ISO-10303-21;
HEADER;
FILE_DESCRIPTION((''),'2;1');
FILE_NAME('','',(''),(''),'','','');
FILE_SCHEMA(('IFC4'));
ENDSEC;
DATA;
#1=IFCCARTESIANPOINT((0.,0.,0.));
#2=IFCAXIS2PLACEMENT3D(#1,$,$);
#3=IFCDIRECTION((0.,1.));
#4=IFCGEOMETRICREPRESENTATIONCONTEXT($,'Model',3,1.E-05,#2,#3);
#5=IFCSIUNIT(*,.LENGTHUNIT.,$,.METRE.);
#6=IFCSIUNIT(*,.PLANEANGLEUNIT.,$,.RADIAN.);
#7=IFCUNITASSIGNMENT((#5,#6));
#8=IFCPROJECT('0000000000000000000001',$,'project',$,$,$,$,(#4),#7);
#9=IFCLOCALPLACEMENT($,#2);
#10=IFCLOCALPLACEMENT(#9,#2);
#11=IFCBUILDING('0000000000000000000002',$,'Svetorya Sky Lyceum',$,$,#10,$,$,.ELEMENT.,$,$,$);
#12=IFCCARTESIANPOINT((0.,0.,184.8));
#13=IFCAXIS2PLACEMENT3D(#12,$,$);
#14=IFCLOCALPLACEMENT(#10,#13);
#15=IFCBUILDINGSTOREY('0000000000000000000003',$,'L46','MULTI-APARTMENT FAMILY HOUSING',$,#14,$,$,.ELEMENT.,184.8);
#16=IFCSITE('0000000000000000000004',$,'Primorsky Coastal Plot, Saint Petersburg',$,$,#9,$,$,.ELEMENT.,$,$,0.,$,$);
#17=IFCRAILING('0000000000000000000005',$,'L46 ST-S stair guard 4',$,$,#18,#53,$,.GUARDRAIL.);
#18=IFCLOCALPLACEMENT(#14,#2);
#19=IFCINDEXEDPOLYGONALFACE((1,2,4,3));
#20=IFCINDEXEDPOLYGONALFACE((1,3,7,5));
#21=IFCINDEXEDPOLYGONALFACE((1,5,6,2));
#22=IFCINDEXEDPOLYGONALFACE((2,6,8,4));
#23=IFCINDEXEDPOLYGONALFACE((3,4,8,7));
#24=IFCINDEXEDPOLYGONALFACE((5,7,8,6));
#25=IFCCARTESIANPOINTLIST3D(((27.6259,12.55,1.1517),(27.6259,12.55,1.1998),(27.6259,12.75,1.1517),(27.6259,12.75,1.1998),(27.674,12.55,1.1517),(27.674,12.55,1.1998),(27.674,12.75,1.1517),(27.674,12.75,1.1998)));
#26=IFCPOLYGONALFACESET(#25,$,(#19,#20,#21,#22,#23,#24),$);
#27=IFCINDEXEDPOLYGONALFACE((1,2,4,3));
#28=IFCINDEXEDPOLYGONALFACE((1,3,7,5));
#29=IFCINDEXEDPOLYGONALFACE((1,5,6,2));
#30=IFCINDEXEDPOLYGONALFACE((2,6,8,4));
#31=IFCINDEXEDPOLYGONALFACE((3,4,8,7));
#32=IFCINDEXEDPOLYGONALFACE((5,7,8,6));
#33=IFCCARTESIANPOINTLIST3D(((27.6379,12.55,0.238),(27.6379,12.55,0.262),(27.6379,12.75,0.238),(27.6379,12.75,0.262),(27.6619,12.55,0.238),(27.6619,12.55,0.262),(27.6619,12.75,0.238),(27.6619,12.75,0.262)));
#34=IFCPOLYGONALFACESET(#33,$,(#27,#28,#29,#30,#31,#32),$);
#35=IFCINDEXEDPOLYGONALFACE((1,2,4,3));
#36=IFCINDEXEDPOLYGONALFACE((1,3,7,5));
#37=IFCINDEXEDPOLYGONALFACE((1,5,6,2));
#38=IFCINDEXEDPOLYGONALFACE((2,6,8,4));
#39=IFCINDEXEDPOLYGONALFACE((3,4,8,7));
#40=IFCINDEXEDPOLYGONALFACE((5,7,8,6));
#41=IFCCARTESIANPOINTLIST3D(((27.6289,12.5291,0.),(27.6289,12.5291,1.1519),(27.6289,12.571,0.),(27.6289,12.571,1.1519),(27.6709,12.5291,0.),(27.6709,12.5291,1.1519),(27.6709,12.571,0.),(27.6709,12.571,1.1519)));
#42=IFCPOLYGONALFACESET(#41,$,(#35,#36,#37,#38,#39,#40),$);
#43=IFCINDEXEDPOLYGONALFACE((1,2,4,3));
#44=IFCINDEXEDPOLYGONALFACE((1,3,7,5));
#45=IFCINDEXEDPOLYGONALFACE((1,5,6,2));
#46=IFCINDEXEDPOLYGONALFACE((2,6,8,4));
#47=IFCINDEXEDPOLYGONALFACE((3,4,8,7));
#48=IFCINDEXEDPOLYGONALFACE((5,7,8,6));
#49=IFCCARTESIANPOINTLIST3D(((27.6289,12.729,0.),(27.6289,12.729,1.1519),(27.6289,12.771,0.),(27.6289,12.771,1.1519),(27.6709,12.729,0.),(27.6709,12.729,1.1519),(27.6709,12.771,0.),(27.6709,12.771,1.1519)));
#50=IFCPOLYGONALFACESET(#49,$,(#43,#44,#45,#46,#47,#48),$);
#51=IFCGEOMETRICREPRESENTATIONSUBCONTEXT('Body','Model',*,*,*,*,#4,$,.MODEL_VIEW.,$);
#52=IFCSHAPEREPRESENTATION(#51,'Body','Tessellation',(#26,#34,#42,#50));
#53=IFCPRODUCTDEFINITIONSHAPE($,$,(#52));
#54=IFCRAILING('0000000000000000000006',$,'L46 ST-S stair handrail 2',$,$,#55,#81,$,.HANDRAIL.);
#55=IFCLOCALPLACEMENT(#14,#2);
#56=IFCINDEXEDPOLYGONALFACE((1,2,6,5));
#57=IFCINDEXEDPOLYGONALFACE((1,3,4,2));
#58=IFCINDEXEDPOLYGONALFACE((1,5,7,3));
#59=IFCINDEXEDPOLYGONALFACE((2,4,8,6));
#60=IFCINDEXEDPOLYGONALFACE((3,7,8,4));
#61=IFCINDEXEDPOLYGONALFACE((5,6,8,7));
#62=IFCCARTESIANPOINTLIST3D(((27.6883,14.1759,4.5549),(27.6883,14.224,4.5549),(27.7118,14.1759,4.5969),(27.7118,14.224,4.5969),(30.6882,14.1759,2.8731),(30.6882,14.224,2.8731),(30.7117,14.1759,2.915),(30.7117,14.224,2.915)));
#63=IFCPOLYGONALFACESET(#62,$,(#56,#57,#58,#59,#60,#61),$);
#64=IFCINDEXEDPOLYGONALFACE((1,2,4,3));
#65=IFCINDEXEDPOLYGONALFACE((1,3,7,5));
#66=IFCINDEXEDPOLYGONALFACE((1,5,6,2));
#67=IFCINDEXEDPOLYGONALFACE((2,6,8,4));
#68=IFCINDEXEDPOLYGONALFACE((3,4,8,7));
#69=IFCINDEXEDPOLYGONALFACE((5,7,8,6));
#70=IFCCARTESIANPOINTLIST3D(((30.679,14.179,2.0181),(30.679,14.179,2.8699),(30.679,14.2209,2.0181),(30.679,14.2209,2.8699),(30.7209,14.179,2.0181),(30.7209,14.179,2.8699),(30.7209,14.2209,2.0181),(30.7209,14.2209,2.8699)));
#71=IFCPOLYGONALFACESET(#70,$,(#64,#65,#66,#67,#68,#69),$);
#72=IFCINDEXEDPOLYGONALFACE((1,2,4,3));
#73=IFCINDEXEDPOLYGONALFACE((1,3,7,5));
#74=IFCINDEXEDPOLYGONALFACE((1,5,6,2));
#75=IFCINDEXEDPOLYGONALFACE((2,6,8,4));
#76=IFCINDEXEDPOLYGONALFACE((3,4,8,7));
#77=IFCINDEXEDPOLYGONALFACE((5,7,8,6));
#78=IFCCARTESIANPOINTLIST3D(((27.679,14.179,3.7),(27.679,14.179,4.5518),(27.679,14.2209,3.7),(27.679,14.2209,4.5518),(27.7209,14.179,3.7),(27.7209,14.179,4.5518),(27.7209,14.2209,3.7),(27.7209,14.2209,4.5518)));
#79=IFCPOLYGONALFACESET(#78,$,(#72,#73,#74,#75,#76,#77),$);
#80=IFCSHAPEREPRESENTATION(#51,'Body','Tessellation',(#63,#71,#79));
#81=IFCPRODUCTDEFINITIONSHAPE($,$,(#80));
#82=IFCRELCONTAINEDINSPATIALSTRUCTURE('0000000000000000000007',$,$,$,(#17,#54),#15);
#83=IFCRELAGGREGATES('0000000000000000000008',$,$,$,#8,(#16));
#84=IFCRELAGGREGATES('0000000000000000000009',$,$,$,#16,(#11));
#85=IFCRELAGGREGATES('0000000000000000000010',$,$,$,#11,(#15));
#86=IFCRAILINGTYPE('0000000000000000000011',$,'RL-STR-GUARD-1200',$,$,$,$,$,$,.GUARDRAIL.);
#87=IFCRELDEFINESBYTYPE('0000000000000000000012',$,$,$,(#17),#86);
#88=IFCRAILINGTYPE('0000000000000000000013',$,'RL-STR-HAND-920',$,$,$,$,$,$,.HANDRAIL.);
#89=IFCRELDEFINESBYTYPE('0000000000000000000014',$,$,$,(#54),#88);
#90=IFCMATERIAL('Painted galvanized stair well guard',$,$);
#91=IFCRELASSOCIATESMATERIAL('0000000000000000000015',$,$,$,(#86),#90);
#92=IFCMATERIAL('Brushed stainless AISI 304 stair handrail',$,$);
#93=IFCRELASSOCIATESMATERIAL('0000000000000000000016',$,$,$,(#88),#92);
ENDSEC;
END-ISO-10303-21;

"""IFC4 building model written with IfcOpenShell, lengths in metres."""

from ifc_helpers import new_model, si_unit, direction, frame, origin, origin_2d, place, context, subcontext, project, spatial, rectangle, extrude, material, type_object, element, save


model = new_model("IFC4")

# Units and contexts
model_context = context("Model", 3, precision=1e-05, world=origin(), true_north=direction((0.0, 1.0)))
body_context = subcontext(model_context, "Body", "Model", "MODEL_VIEW")
ifc_project = project(units=[si_unit("LENGTHUNIT", "METRE"), si_unit("PLANEANGLEUNIT", "RADIAN")], contexts=[model_context])

# Site, building, storey
site_placement = place(None, origin())
site = spatial("IfcSite", under=ifc_project, at=site_placement, Name="Primorsky Coastal Plot, Saint Petersburg", CompositionType="ELEMENT", RefElevation=0.0)
building_placement = place(site_placement, origin())
building = spatial("IfcBuilding", under=site, at=building_placement, Name="Svetorya Sky Lyceum", CompositionType="ELEMENT")
storey_placement = place(building_placement, frame((0.0, 0.0, 184.8)))
storey = spatial("IfcBuildingStorey", under=building, at=storey_placement, Name="L46", Description="MULTI-APARTMENT FAMILY HOUSING", CompositionType="ELEMENT", Elevation=184.8)

# Railings
ifc_material_1 = material(Name="Painted galvanized stair well guard")
railing_type_1 = type_object("IfcRailingType", Name="RL-STR-GUARD-1200", PredefinedType="GUARDRAIL", material=ifc_material_1)
railing_1_placement = place(storey_placement, frame((27.6499, 12.55, 0.0)))
element("IfcRailing", 1, at=railing_1_placement, inside=storey, type_object=railing_type_1, Name="L46 ST-S stair guard 4", PredefinedType="GUARDRAIL", context=body_context, shape_type="SweptSolid", body=[
    extrude(rectangle(XDim=0.0481, YDim=0.0481, at=origin_2d()), frame((0.0, 0.0, 1.1758), z_axis=(0.0, 1.0, 0.0), x_axis=(-1.0, 0.0, 0.0)), (0.0, 0.0, 1.0), 0.2),
    extrude(rectangle(XDim=0.0239, YDim=0.0239, at=origin_2d()), frame((0.0, 0.0, 0.25), z_axis=(0.0, 1.0, 0.0), x_axis=(-1.0, 0.0, 0.0)), (0.0, 0.0, 1.0), 0.2),
    extrude(rectangle(XDim=0.042, YDim=0.042, at=origin_2d()), origin(), (0.0, 0.0, 1.0), 1.1519),
    extrude(rectangle(XDim=0.042, YDim=0.042, at=origin_2d()), frame((0.0, 0.2, 0.0)), (0.0, 0.0, 1.0), 1.1519),
])
ifc_material_2 = material(Name="Brushed stainless AISI 304 stair handrail")
railing_type_2 = type_object("IfcRailingType", Name="RL-STR-HAND-920", PredefinedType="HANDRAIL", material=ifc_material_2)
railing_2_placement = place(storey_placement, frame((30.7, 14.2, 2.0181)))
element("IfcRailing", 2, at=railing_2_placement, inside=storey, type_object=railing_type_2, Name="L46 ST-S stair handrail 2", PredefinedType="HANDRAIL", context=body_context, shape_type="SweptSolid", body=[
    extrude(rectangle(XDim=0.0481, YDim=0.0481, at=origin_2d()), frame((0.0, 0.0, 0.876), z_axis=(-0.872272, 0.0, 0.48902), x_axis=(0.0, -1.0, 0.0)), (0.0, 0.0, 1.0), 3.4392),
    extrude(rectangle(XDim=0.042, YDim=0.042, at=origin_2d()), origin(), (0.0, 0.0, 1.0), 0.8518),
    extrude(rectangle(XDim=0.042, YDim=0.042, at=origin_2d()), frame((-3.0, 0.0, 1.6819)), (0.0, 0.0, 1.0), 0.8518),
])

save(model, "model.ifc")
